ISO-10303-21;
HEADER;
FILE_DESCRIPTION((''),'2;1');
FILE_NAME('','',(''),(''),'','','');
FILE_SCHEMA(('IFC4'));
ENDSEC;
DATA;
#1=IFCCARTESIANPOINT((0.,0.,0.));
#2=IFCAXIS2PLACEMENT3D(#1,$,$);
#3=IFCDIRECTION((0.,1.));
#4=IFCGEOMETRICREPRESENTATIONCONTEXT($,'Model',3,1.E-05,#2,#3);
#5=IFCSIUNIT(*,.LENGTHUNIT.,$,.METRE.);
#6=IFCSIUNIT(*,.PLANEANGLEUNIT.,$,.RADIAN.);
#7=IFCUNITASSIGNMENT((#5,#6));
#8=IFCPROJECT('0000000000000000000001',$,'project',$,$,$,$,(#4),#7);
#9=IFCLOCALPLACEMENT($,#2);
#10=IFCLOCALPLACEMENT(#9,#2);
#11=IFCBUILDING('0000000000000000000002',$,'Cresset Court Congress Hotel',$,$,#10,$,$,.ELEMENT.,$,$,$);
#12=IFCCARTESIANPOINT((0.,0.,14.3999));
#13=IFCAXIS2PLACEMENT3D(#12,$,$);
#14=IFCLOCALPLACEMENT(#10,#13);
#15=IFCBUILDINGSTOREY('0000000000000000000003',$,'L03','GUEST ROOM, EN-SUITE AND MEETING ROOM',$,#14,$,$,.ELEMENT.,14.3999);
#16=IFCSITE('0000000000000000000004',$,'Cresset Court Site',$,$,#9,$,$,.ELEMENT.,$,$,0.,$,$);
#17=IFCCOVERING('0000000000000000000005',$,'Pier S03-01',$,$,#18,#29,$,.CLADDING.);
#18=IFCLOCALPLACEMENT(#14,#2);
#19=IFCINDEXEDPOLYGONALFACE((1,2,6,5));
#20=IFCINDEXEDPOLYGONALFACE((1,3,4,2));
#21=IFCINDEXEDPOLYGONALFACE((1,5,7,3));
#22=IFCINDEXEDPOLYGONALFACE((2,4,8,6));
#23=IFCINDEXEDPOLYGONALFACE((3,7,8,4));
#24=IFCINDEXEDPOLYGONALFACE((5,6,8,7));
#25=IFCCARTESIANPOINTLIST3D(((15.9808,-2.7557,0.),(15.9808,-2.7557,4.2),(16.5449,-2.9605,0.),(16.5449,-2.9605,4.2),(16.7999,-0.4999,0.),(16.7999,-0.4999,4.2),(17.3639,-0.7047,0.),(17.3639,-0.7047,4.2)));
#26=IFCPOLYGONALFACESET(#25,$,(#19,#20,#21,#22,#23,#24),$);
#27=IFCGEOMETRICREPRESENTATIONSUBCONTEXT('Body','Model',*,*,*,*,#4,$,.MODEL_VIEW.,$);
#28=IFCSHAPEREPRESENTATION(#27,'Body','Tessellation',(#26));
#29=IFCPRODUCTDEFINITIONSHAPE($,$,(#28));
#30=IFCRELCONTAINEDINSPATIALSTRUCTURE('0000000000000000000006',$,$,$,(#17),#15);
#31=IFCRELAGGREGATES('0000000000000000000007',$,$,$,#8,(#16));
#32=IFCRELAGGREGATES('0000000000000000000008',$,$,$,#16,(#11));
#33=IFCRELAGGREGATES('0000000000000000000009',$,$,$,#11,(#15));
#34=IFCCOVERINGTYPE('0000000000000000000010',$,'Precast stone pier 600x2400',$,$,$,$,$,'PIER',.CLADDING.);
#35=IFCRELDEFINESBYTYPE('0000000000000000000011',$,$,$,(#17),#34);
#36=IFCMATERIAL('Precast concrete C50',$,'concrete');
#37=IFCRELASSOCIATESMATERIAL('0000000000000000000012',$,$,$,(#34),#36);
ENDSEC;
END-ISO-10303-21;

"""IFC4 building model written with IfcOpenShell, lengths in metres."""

from ifc_helpers import new_model, si_unit, direction, frame, origin, origin_2d, place, context, subcontext, project, spatial, rectangle, extrude, material, type_object, element, save


model = new_model("IFC4")

# Units and contexts
model_context = context("Model", 3, precision=1e-05, world=origin(), true_north=direction((0.0, 1.0)))
body_context = subcontext(model_context, "Body", "Model", "MODEL_VIEW")
ifc_project = project(units=[si_unit("LENGTHUNIT", "METRE"), si_unit("PLANEANGLEUNIT", "RADIAN")], contexts=[model_context])

# Site, building, storey
site_placement = place(None, origin())
site = spatial("IfcSite", under=ifc_project, at=site_placement, Name="Cresset Court Site", CompositionType="ELEMENT", RefElevation=0.0)
building_placement = place(site_placement, origin())
building = spatial("IfcBuilding", under=site, at=building_placement, Name="Cresset Court Congress Hotel", CompositionType="ELEMENT")
storey_placement = place(building_placement, frame((0.0, 0.0, 14.3999)))
storey = spatial("IfcBuildingStorey", under=building, at=storey_placement, Name="L03", Description="GUEST ROOM, EN-SUITE AND MEETING ROOM", CompositionType="ELEMENT", Elevation=14.3999)

# Covering
ifc_material_1 = material(Name="Precast concrete C50", Category="concrete")
covering_type = type_object("IfcCoveringType", Name="Precast stone pier 600x2400", ElementType="PIER", PredefinedType="CLADDING", material=ifc_material_1)
covering_placement = place(storey_placement, frame((16.6724, -1.7302, 0.0), z_axis=(0.0, 0.0, 1.0), x_axis=(0.939957, -0.341293, 0.0)))
element("IfcCovering", 1, at=covering_placement, inside=storey, type_object=covering_type, Name="Pier S03-01", PredefinedType="CLADDING", context=body_context, shape_type="SweptSolid", body=[
    extrude(rectangle(XDim=0.6001, YDim=2.3999, at=origin_2d()), origin(), (0.0, 0.0, 1.0), 4.2),
])

save(model, "model.ifc")
